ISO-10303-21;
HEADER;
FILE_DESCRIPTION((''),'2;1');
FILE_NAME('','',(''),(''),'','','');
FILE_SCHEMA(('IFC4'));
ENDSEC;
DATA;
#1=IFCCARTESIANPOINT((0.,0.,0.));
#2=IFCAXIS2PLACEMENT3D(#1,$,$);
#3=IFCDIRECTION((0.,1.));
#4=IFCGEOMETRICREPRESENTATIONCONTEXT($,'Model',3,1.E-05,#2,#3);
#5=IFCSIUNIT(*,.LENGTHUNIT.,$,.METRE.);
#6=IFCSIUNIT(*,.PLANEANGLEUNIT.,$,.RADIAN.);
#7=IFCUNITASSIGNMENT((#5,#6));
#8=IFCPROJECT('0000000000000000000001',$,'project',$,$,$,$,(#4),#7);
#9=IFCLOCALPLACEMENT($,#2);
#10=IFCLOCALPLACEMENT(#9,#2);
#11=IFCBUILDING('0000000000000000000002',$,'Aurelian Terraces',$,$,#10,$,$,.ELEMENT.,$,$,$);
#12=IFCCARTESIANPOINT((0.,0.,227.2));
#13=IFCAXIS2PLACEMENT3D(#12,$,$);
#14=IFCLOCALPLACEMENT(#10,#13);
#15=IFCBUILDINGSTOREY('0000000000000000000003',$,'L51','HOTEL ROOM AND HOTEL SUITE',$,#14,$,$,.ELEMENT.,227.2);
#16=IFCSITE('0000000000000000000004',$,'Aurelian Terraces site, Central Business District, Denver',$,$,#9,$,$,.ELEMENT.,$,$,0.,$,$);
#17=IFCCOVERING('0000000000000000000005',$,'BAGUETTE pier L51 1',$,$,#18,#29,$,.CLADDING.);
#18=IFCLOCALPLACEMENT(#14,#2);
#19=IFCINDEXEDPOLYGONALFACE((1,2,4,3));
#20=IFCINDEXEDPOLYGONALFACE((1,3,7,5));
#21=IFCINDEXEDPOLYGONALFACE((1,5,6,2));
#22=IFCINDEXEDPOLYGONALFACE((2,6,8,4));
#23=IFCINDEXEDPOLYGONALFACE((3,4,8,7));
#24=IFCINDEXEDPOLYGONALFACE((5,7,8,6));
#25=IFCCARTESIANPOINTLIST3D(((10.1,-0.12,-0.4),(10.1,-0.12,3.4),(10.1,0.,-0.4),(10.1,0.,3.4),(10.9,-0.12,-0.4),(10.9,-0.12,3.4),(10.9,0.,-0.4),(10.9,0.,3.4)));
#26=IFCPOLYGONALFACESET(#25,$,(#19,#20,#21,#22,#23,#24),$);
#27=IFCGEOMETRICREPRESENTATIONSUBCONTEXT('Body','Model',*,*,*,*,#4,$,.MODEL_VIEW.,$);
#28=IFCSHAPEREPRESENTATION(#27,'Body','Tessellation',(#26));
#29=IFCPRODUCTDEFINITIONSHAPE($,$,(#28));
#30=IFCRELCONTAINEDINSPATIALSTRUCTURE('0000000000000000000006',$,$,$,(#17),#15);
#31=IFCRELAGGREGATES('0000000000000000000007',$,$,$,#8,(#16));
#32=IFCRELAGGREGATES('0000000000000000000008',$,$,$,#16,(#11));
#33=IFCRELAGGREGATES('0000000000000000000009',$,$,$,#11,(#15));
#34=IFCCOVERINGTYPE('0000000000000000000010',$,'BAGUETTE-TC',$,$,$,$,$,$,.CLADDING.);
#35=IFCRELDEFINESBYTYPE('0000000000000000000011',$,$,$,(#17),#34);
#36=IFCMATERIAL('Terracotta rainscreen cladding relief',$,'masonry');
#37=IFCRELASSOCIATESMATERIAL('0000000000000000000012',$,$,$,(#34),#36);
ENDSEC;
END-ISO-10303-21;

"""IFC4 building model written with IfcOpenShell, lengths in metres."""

from ifc_helpers import new_model, si_unit, direction, frame, origin, origin_2d, place, context, subcontext, project, spatial, rectangle, extrude, material, type_object, element, save


model = new_model("IFC4")

# Units and contexts
model_context = context("Model", 3, precision=1e-05, world=origin(), true_north=direction((0.0, 1.0)))
body_context = subcontext(model_context, "Body", "Model", "MODEL_VIEW")
ifc_project = project(units=[si_unit("LENGTHUNIT", "METRE"), si_unit("PLANEANGLEUNIT", "RADIAN")], contexts=[model_context])

# Site, building, storey
site_placement = place(None, origin())
site = spatial("IfcSite", under=ifc_project, at=site_placement, Name="Aurelian Terraces site, Central Business District, Denver", CompositionType="ELEMENT", RefElevation=0.0)
building_placement = place(site_placement, origin())
building = spatial("IfcBuilding", under=site, at=building_placement, Name="Aurelian Terraces", CompositionType="ELEMENT")
storey_placement = place(building_placement, frame((0.0, 0.0, 227.2)))
storey = spatial("IfcBuildingStorey", under=building, at=storey_placement, Name="L51", Description="HOTEL ROOM AND HOTEL SUITE", CompositionType="ELEMENT", Elevation=227.2)

# Covering
ifc_material_1 = material(Name="Terracotta rainscreen cladding relief", Category="masonry")
covering_type = type_object("IfcCoveringType", Name="BAGUETTE-TC", PredefinedType="CLADDING", material=ifc_material_1)
covering_placement = place(storey_placement, frame((10.5, -0.06, -0.4), z_axis=(0.0, 0.0, 1.0), x_axis=(1.0, 0.0, 0.0)))
element("IfcCovering", 1, at=covering_placement, inside=storey, type_object=covering_type, Name="BAGUETTE pier L51 1", PredefinedType="CLADDING", context=body_context, shape_type="SweptSolid", body=[
    extrude(rectangle(XDim=0.8, YDim=0.12, at=origin_2d()), origin(), (0.0, 0.0, 1.0), 3.8),
])

save(model, "model.ifc")
